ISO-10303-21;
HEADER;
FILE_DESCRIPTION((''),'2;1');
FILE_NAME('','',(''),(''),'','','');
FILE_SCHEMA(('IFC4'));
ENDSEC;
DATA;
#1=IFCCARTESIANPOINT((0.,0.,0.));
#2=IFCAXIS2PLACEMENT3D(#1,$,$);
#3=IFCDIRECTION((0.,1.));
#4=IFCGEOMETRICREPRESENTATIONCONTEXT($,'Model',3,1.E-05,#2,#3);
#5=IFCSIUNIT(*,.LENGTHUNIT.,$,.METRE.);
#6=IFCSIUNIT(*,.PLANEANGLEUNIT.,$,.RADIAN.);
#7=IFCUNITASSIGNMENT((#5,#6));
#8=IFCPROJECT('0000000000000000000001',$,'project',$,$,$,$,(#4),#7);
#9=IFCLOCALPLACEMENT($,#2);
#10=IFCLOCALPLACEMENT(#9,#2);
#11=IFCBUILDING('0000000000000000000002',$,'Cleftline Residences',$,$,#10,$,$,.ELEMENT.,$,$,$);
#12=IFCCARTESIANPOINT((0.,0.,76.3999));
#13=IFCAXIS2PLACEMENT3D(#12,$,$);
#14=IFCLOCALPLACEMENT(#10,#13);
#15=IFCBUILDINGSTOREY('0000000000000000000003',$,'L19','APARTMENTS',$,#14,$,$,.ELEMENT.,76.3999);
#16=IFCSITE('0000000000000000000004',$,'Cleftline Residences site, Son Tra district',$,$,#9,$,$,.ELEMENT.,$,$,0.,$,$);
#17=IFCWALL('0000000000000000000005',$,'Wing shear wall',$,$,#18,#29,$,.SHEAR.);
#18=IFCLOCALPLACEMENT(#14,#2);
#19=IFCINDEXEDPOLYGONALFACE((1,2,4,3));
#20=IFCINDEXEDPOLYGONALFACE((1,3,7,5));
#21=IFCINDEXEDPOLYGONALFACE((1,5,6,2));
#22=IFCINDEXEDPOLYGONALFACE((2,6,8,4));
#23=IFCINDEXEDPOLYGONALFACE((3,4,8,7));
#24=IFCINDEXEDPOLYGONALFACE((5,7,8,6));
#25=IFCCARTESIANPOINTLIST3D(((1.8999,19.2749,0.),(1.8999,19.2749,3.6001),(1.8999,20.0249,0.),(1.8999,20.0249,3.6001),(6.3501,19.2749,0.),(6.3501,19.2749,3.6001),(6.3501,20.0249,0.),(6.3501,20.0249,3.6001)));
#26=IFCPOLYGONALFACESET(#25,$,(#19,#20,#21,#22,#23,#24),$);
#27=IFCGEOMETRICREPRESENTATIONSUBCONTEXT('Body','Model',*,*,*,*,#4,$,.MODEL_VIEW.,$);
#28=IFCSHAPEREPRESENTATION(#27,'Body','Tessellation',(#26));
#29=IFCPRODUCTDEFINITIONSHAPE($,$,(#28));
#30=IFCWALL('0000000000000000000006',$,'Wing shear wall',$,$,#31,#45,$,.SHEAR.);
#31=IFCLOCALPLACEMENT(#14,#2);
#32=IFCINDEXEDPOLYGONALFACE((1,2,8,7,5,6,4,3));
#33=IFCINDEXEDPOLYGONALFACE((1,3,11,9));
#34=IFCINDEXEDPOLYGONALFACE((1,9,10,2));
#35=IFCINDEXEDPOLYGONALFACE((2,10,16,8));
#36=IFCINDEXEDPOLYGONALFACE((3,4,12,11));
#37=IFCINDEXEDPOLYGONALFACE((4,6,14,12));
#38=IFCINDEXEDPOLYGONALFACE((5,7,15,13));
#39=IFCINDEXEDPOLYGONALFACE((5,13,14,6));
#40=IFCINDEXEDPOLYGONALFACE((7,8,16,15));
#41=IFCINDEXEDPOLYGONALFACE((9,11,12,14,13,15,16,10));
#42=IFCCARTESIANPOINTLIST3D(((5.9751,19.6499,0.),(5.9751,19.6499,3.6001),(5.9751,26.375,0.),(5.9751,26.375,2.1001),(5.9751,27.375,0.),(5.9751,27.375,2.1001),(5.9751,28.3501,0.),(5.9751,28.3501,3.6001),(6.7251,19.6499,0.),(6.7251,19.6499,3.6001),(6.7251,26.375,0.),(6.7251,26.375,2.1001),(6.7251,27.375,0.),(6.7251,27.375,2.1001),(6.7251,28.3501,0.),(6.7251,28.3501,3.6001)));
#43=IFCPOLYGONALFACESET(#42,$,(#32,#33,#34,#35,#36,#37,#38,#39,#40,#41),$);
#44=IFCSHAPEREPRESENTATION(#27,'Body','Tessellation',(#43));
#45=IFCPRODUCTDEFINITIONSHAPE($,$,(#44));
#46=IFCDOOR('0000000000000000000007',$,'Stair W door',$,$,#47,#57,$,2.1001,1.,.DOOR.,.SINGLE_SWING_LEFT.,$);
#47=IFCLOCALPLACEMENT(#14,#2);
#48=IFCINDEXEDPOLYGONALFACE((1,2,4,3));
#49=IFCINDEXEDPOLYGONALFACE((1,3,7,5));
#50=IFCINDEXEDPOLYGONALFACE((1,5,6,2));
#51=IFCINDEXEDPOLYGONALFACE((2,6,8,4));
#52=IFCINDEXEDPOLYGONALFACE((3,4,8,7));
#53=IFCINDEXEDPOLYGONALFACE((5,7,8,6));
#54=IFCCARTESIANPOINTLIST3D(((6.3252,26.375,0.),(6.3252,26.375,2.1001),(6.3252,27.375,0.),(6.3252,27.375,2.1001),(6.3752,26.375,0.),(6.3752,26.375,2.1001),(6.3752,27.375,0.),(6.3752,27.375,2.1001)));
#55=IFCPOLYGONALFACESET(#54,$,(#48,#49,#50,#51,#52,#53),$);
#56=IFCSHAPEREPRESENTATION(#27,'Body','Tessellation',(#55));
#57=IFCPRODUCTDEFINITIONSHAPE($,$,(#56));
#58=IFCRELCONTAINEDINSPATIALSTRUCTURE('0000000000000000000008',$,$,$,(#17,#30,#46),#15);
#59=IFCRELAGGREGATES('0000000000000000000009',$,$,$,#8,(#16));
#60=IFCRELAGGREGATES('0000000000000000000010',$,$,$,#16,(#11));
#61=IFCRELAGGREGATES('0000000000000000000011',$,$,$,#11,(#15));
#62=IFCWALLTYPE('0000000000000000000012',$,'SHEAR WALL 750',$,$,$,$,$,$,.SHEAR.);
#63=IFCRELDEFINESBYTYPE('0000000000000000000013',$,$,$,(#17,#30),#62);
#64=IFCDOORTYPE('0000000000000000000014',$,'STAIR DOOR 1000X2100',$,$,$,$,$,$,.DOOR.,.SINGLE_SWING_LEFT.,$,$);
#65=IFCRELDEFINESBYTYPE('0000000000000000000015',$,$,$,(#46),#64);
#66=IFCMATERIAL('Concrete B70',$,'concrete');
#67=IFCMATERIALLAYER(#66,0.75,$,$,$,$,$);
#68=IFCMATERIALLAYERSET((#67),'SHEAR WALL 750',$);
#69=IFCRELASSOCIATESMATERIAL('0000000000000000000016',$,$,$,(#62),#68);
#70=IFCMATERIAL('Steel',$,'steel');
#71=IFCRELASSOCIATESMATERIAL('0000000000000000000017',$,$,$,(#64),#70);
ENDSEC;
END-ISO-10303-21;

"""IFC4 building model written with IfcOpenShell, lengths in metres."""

from ifc_helpers import new_model, si_unit, direction, frame, frame_2d, origin, place, context, subcontext, project, spatial, rectangle, extrude, material, layer, layer_set, type_object, element, fill, save


model = new_model("IFC4")

# Units and contexts
model_context = context("Model", 3, precision=1e-05, world=origin(), true_north=direction((0.0, 1.0)))
body_context = subcontext(model_context, "Body", "Model", "MODEL_VIEW")
ifc_project = project(units=[si_unit("LENGTHUNIT", "METRE"), si_unit("PLANEANGLEUNIT", "RADIAN")], contexts=[model_context])

# Site, building, storey
site_placement = place(None, origin())
site = spatial("IfcSite", under=ifc_project, at=site_placement, Name="Cleftline Residences site, Son Tra district", CompositionType="ELEMENT", RefElevation=0.0)
building_placement = place(site_placement, origin())
building = spatial("IfcBuilding", under=site, at=building_placement, Name="Cleftline Residences", CompositionType="ELEMENT")
storey_placement = place(building_placement, frame((0.0, 0.0, 76.3999)))
storey = spatial("IfcBuildingStorey", under=building, at=storey_placement, Name="L19", Description="APARTMENTS", CompositionType="ELEMENT", Elevation=76.3999)

# Wall
ifc_material_1 = material(Name="Concrete B70", Category="concrete")
ifc_layer_1 = layer(ifc_material_1, 0.75)
ifc_layer_set_1 = layer_set([ifc_layer_1], Name="SHEAR WALL 750")
wall_type_1 = type_object("IfcWallType", Name="SHEAR WALL 750", PredefinedType="SHEAR", material=ifc_layer_set_1)
wall_1_placement = place(storey_placement, frame((1.8999, 19.6499, 0.0), z_axis=(0.0, 0.0, 1.0), x_axis=(1.0, 0.0, 0.0)))
element("IfcWall", 1, at=wall_1_placement, inside=storey, type_object=wall_type_1, Name="Wing shear wall", PredefinedType="SHEAR", context=body_context, shape_type="SweptSolid", body=[
    extrude(rectangle(XDim=4.4502, YDim=0.75, at=frame_2d((2.2251, 0.0))), origin(), (0.0, 0.0, 1.0), 3.6001),
])

# Wall, opening, door
wall_2_placement = place(storey_placement, frame((6.3501, 19.6499, 0.0), z_axis=(0.0, 0.0, 1.0), x_axis=(0.0, 1.0, 0.0)))
wall_2 = element("IfcWall", 2, at=wall_2_placement, inside=storey, type_object=wall_type_1, Name="Wing shear wall", PredefinedType="SHEAR", context=body_context, shape_type="SweptSolid", body=[
    extrude(rectangle(XDim=8.7002, YDim=0.75, at=frame_2d((4.3501, 0.0))), origin(), (0.0, 0.0, 1.0), 3.6001),
])
opening_1_placement = place(wall_2_placement, frame((6.7251, 0.0, 0.0)))
opening_1 = element("IfcOpeningElement", 3, at=opening_1_placement, cuts=wall_2, PredefinedType="OPENING", context=body_context, shape_type="SweptSolid", body=[
    extrude(rectangle(XDim=1.0, YDim=2.1001, at=frame_2d((0.5, 1.05))), frame((0.0, 0.385, 0.0), z_axis=(0.0, -1.0, 0.0), x_axis=(1.0, 0.0, 0.0)), (0.0, 0.0, 1.0), 0.77),
])
ifc_material_2 = material(Name="Steel", Category="steel")
door_type_1 = type_object("IfcDoorType", Name="STAIR DOOR 1000X2100", OperationType="SINGLE_SWING_LEFT", PredefinedType="DOOR", material=ifc_material_2)
door_1_placement = place(opening_1_placement, origin())
door_1 = element("IfcDoor", 4, at=door_1_placement, inside=storey, type_object=door_type_1, Name="Stair W door", OperationType="SINGLE_SWING_LEFT", OverallHeight=2.1001, OverallWidth=1.0, PredefinedType="DOOR", context=body_context, shape_type="SweptSolid", body=[
    extrude(rectangle(XDim=1.0, YDim=2.1001, at=frame_2d((0.5, 1.05))), frame((0.0, 0.0249, 0.0), z_axis=(0.0, -1.0, 0.0), x_axis=(1.0, 0.0, 0.0)), (0.0, 0.0, 1.0), 0.05),
])
fill(opening_1, door_1)

save(model, "model.ifc")
